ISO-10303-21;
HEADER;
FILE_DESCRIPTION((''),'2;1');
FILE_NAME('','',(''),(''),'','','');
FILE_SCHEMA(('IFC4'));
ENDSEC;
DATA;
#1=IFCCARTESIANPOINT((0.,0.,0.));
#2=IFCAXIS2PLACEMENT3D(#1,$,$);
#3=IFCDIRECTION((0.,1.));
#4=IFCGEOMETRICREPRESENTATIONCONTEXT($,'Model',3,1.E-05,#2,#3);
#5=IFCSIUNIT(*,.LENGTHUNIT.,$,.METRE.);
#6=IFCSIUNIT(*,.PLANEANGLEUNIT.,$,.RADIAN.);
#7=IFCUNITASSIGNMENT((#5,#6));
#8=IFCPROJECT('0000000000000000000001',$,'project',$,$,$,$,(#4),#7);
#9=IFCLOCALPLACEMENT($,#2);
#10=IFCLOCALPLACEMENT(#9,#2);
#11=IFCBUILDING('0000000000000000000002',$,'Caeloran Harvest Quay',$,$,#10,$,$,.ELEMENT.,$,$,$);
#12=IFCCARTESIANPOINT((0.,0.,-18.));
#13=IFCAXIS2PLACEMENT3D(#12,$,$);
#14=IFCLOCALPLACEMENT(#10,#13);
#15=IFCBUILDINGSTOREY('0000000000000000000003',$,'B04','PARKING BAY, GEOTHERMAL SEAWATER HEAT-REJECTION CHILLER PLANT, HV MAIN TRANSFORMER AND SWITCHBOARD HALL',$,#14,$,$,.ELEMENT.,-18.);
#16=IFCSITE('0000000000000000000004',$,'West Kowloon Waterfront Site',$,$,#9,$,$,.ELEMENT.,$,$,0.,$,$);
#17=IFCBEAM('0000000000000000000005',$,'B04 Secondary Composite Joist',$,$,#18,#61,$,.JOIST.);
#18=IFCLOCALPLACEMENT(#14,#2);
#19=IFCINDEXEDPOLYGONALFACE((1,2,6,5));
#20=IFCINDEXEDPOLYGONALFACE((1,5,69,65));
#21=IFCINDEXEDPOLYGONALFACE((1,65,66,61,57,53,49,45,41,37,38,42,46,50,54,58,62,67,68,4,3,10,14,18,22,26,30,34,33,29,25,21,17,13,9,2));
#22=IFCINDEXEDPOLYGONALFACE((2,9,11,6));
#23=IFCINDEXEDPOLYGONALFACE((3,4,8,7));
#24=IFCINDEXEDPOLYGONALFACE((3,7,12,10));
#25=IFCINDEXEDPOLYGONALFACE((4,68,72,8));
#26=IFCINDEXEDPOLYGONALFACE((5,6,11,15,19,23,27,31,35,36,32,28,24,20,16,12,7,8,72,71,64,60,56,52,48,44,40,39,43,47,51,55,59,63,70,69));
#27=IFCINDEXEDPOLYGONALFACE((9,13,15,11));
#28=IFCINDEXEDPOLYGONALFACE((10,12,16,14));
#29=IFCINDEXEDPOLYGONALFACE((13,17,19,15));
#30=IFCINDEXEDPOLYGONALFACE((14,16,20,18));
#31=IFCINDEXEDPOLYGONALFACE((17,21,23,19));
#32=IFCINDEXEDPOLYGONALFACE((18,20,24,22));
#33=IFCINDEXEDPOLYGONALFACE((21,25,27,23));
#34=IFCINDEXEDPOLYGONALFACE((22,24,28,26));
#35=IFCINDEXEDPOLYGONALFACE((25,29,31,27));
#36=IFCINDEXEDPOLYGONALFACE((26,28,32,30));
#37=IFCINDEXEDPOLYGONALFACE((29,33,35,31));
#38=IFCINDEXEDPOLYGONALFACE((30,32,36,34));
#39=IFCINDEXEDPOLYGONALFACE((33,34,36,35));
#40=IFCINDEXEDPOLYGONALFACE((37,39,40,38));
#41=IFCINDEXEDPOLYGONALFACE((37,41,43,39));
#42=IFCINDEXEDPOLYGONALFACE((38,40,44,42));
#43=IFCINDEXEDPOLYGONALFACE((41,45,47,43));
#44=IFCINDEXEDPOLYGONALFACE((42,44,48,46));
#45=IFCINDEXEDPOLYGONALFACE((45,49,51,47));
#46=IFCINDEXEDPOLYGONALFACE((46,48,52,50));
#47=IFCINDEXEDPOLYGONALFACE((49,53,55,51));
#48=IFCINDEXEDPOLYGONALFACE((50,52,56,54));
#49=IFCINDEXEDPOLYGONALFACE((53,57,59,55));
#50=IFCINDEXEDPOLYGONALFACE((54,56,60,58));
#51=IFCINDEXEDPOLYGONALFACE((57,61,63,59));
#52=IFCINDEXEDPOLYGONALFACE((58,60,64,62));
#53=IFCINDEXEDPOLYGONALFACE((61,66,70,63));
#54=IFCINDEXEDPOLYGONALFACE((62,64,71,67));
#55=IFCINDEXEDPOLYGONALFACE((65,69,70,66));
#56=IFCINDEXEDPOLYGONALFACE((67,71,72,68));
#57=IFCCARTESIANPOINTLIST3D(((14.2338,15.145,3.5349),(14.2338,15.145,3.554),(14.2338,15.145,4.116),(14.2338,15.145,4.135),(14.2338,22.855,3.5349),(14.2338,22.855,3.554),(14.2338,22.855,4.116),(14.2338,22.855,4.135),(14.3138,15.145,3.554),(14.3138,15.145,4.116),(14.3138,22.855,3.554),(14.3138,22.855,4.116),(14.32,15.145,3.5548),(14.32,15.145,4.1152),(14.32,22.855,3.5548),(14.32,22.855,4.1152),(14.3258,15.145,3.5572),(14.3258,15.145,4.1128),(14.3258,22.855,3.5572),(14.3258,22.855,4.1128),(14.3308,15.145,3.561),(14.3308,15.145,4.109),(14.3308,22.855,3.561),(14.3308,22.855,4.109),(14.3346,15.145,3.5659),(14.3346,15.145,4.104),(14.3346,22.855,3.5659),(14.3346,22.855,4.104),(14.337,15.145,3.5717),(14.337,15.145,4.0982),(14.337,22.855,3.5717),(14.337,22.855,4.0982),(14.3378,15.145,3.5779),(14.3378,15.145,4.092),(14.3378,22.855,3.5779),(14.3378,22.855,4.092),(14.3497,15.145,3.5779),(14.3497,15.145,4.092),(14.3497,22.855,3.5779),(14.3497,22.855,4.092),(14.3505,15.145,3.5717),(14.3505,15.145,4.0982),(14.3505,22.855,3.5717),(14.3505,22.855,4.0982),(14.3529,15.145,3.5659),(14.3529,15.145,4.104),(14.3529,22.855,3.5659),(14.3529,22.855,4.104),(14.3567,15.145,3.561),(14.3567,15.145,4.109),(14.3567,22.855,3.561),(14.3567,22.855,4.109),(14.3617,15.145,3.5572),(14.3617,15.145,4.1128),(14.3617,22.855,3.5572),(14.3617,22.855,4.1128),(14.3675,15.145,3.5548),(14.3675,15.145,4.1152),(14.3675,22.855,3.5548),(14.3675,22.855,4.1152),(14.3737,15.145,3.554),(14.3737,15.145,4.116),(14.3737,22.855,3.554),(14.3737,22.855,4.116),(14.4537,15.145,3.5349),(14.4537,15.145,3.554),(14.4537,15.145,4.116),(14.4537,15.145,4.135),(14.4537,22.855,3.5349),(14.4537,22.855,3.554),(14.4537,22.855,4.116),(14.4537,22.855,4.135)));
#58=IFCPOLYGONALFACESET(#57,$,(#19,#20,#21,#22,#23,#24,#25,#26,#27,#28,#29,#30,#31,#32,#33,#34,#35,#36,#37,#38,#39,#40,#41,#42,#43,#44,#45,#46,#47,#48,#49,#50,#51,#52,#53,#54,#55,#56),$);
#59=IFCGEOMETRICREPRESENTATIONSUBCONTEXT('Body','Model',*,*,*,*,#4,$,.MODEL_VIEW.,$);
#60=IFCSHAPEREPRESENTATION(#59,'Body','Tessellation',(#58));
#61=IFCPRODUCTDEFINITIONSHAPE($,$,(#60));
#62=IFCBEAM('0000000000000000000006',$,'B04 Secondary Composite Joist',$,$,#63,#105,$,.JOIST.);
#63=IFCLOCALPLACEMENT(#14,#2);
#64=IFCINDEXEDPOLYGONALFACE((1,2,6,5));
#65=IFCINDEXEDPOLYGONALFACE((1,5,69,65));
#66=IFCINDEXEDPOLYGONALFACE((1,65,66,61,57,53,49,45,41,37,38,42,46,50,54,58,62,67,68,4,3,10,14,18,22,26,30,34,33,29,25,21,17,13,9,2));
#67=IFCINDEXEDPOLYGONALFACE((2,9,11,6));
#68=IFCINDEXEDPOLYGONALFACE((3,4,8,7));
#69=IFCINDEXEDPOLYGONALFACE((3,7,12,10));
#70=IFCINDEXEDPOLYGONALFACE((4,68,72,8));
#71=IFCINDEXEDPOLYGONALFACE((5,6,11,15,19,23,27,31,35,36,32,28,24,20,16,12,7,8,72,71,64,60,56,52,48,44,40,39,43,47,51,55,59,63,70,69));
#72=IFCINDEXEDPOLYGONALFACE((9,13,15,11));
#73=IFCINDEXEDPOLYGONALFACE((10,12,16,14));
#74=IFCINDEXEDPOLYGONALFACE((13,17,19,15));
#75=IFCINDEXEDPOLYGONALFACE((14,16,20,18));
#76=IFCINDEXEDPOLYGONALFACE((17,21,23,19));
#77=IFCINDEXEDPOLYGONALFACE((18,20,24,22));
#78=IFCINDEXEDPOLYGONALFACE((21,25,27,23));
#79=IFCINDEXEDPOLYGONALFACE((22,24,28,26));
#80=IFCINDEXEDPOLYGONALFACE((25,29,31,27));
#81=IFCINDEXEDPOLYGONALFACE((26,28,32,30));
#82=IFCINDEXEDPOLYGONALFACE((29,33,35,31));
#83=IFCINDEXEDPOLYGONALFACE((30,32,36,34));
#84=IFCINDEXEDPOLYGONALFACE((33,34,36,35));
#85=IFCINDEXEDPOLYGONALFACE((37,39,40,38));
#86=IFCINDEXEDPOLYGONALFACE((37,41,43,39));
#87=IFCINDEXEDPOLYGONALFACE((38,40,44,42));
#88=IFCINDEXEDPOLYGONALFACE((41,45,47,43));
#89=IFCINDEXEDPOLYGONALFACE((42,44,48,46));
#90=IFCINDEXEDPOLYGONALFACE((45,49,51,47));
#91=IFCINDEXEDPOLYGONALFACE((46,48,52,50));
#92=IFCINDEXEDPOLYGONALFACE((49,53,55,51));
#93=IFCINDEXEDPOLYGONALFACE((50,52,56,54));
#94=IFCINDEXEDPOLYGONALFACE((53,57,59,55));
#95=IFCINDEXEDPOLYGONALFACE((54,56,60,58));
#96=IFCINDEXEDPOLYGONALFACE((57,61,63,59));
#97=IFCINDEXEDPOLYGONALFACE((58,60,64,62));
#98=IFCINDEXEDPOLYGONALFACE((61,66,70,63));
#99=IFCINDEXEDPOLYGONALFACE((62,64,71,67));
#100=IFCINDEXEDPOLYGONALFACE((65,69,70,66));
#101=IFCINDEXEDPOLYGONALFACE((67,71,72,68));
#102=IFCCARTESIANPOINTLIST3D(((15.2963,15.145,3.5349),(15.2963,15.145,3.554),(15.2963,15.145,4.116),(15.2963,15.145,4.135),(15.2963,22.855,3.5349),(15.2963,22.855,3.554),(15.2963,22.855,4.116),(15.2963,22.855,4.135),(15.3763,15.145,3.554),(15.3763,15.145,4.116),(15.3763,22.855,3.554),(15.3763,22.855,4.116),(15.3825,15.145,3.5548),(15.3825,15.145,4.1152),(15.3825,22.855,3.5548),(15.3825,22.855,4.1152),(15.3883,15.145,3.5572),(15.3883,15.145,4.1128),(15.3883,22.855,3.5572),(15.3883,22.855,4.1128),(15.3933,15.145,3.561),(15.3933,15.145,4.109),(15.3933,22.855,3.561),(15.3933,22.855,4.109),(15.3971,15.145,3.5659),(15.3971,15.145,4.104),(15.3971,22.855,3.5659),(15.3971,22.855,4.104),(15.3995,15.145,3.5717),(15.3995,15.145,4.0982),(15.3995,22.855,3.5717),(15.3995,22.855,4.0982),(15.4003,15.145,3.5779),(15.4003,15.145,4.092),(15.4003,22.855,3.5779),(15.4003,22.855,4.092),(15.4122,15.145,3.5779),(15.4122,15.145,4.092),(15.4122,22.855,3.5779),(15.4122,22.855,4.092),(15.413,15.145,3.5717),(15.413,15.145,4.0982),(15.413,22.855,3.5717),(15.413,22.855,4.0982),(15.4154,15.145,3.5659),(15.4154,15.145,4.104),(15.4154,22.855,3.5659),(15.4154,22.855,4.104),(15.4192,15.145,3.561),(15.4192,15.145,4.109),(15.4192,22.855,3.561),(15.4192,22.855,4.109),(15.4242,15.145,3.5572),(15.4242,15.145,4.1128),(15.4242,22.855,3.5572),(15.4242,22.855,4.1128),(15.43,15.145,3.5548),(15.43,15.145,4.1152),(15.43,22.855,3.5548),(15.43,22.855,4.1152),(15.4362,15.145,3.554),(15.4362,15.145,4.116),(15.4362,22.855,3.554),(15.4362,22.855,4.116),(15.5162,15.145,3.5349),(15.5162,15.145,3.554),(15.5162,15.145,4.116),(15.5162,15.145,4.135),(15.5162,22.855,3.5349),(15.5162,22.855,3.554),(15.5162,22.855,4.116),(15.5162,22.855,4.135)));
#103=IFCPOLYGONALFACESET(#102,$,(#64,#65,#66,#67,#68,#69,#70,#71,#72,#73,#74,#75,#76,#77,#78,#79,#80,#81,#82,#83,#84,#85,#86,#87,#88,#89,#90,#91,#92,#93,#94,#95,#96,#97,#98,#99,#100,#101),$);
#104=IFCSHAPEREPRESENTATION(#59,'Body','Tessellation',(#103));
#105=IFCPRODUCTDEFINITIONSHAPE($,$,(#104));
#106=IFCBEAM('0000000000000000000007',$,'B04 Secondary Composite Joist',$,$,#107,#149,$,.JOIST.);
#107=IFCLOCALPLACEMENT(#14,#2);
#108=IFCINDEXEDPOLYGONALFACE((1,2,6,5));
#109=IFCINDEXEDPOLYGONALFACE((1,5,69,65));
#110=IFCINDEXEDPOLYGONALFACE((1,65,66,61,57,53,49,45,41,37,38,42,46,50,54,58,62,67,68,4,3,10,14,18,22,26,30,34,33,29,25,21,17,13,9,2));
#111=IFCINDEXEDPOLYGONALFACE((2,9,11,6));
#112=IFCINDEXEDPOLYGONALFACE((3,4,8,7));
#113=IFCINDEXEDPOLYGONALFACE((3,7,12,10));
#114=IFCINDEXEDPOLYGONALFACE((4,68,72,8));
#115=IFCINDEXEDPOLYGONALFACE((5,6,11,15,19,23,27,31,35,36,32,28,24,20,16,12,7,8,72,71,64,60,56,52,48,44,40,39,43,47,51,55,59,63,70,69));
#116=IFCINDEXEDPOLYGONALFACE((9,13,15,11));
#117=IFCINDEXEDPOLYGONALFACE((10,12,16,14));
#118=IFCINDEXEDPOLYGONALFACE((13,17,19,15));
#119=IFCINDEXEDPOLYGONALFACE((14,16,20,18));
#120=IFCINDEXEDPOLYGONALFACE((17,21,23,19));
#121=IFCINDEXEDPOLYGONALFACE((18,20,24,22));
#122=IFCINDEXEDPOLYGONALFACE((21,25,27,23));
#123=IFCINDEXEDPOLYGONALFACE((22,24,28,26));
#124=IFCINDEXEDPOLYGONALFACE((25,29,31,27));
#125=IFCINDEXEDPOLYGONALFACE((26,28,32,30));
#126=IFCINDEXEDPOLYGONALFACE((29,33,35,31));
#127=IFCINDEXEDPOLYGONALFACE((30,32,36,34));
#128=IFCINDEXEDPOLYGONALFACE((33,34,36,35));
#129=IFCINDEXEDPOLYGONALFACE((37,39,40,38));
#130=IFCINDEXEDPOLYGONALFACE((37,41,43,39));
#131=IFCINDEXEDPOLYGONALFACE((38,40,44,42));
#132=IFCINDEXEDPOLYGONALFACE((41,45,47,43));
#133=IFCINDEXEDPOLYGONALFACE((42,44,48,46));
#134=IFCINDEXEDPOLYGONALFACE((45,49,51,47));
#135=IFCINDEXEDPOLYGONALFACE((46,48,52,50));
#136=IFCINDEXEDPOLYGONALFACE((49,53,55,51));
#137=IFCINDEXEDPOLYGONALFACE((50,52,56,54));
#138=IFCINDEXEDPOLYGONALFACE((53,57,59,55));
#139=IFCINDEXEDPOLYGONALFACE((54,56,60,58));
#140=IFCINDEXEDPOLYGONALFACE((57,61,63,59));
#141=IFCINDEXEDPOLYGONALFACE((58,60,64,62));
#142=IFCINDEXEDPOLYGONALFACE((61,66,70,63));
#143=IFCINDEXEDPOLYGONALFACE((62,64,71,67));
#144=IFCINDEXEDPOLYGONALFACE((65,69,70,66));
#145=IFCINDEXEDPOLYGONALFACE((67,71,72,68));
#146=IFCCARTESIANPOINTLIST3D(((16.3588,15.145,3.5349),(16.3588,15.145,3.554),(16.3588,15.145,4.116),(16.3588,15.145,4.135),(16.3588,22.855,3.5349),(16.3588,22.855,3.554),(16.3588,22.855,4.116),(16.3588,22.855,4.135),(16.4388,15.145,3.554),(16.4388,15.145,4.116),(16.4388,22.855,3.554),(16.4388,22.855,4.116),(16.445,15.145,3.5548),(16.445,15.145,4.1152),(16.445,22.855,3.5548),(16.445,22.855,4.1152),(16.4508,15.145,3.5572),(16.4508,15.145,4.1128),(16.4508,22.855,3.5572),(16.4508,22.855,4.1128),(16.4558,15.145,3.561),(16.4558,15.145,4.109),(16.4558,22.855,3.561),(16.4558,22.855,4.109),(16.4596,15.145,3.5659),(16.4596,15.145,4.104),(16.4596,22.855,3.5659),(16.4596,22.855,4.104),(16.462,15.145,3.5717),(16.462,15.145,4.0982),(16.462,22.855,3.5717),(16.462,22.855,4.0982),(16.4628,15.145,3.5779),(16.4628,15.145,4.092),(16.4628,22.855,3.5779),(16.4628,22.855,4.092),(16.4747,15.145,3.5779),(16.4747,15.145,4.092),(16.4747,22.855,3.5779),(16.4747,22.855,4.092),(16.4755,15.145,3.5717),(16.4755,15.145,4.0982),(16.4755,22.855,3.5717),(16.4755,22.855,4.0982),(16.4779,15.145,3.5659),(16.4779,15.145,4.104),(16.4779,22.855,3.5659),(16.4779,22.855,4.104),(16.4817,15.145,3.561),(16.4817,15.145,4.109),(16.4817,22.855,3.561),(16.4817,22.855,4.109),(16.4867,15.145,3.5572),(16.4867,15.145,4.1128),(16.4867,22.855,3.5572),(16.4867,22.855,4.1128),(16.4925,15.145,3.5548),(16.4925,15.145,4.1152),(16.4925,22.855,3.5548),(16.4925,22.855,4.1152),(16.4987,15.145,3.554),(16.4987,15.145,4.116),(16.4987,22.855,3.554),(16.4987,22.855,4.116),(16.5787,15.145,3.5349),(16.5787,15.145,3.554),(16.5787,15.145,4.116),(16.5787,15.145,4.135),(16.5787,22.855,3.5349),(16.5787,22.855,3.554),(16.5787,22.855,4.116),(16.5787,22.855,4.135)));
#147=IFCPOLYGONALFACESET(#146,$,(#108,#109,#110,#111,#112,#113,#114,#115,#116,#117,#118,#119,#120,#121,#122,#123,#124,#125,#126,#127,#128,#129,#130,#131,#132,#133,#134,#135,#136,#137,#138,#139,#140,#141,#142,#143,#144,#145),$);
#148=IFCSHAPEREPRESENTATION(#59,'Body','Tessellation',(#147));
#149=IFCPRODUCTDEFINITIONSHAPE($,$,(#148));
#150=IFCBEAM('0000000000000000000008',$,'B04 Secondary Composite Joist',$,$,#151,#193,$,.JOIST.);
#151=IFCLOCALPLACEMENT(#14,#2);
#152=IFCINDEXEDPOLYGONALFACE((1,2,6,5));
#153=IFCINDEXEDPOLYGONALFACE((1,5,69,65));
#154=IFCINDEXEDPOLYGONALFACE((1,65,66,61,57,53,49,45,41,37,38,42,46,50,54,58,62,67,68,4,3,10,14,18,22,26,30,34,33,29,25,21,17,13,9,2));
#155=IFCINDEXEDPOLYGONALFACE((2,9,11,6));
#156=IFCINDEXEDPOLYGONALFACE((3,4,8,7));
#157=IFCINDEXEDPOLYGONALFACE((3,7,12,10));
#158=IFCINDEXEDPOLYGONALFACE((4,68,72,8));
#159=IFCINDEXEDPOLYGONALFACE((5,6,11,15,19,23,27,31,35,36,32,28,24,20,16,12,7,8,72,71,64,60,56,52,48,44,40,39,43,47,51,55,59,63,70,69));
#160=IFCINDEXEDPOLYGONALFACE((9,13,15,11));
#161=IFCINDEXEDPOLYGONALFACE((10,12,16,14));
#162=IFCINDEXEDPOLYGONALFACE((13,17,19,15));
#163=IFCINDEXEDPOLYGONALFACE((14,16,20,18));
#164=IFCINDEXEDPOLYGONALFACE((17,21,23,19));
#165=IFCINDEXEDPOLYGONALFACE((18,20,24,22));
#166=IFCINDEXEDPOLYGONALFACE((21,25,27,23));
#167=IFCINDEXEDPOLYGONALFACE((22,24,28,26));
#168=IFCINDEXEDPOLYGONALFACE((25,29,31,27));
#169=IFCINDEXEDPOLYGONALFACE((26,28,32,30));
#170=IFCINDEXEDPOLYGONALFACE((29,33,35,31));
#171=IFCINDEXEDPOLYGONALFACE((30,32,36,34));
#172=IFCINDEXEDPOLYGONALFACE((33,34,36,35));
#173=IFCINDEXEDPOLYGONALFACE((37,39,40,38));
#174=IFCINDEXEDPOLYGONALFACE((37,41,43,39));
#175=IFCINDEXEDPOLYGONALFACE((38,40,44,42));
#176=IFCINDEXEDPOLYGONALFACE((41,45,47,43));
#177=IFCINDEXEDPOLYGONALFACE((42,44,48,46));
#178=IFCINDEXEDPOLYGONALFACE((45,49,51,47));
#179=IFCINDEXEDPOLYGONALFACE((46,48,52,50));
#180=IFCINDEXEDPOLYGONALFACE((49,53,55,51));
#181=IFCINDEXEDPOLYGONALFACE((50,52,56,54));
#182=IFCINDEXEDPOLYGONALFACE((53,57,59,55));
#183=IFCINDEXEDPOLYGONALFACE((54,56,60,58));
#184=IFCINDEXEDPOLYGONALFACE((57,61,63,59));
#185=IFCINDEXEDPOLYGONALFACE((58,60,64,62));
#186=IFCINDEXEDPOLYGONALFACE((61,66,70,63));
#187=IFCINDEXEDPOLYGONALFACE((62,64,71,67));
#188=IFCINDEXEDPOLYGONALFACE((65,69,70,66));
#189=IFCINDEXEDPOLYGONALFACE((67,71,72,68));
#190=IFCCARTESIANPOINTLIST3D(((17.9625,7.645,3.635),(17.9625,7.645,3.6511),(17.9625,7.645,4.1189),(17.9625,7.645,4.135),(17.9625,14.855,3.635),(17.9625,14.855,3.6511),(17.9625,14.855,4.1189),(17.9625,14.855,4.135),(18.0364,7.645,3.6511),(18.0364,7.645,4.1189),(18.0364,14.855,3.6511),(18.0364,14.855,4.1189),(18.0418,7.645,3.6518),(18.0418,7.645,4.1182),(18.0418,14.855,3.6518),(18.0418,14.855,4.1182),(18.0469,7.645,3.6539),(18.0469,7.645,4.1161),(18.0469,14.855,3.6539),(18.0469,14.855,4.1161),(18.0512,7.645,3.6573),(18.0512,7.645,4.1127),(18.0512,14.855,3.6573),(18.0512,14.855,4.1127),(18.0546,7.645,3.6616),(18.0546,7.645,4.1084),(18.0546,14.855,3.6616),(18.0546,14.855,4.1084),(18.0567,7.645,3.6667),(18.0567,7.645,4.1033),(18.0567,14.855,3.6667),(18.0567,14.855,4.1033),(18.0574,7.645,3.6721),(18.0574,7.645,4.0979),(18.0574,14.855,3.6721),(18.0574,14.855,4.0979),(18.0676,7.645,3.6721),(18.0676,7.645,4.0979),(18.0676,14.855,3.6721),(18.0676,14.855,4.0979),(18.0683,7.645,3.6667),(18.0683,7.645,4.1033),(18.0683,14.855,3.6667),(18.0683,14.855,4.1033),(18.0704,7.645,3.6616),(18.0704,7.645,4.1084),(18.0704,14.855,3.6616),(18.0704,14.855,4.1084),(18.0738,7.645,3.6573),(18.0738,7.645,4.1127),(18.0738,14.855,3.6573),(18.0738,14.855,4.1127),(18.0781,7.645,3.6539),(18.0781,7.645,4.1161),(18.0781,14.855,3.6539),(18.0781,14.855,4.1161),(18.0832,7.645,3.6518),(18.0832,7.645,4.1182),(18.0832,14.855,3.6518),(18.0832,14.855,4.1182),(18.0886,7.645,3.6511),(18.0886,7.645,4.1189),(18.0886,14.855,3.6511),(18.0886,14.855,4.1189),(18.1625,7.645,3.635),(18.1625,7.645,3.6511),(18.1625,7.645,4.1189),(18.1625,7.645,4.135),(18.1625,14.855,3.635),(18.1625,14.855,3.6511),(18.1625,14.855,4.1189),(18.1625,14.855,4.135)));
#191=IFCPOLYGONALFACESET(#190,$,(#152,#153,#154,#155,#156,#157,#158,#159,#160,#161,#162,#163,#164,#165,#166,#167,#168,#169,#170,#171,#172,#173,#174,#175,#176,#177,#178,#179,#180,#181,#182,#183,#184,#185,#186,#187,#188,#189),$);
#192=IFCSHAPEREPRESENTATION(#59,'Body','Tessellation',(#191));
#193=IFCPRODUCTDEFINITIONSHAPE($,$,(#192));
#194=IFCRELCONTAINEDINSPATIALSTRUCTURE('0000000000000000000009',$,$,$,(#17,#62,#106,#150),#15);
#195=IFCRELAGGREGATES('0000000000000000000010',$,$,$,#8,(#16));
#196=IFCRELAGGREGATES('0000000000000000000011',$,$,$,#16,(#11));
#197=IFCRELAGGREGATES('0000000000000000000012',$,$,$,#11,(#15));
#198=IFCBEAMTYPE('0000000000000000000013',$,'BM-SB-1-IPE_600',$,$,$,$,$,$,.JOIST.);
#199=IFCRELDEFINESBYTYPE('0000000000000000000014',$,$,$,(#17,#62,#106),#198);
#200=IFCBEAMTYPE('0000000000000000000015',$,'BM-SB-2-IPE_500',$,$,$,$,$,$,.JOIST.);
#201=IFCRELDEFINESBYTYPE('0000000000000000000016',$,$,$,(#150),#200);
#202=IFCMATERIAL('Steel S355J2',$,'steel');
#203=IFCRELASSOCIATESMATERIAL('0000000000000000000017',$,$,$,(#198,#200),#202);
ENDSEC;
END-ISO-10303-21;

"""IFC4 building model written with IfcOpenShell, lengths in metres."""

from ifc_helpers import new_model, si_unit, direction, frame, origin, origin_2d, place, context, subcontext, project, spatial, i_section, extrude, material, material_profile, profile_set, type_object, element, save


model = new_model("IFC4")

# Units and contexts
model_context = context("Model", 3, precision=1e-05, world=origin(), true_north=direction((0.0, 1.0)))
body_context = subcontext(model_context, "Body", "Model", "MODEL_VIEW")
ifc_project = project(units=[si_unit("LENGTHUNIT", "METRE"), si_unit("PLANEANGLEUNIT", "RADIAN")], contexts=[model_context])

# Site, building, storey
site_placement = place(None, origin())
site = spatial("IfcSite", under=ifc_project, at=site_placement, Name="West Kowloon Waterfront Site", CompositionType="ELEMENT", RefElevation=0.0)
building_placement = place(site_placement, origin())
building = spatial("IfcBuilding", under=site, at=building_placement, Name="Caeloran Harvest Quay", CompositionType="ELEMENT")
storey_placement = place(building_placement, frame((0.0, 0.0, -18.0)))
storey = spatial("IfcBuildingStorey", under=building, at=storey_placement, Name="B04", Description="PARKING BAY, GEOTHERMAL SEAWATER HEAT-REJECTION CHILLER PLANT, HV MAIN TRANSFORMER AND SWITCHBOARD HALL", CompositionType="ELEMENT", Elevation=-18.0)

# Beams
ifc_material_1 = material(Name="Steel S355J2", Category="steel")
ifc_material_profile_1 = material_profile(ifc_material_1, i_section(OverallWidth=0.22, OverallDepth=0.6001, WebThickness=0.012, FlangeThickness=0.019, FilletRadius=0.0239, at=origin_2d()), Name="IPE 600")
ifc_profile_set_1 = profile_set([ifc_material_profile_1], Name="Steel S355J2")
beam_type_1 = type_object("IfcBeamType", Name="BM-SB-1-IPE_600", PredefinedType="JOIST", material=ifc_profile_set_1)
for number, where, z_axis, x_axis, name in (
    (1, (14.3438, 15.145, 3.835), (0.0, 1.0, 0.0), (-1.0, 0.0, 0.0), "B04 Secondary Composite Joist"),
    (2, (15.4062, 15.145, 3.835), (0.0, 1.0, 0.0), (-1.0, 0.0, 0.0), "B04 Secondary Composite Joist"),
    (3, (16.4688, 15.145, 3.835), (0.0, 1.0, 0.0), (-1.0, 0.0, 0.0), "B04 Secondary Composite Joist"),
):
    element("IfcBeam", number, at=place(storey_placement, frame(where, z_axis=z_axis, x_axis=x_axis)), inside=storey, type_object=beam_type_1, Name=name, PredefinedType="JOIST", context=body_context, shape_type="SweptSolid", body=[
        extrude(i_section(OverallWidth=0.22, OverallDepth=0.6001, WebThickness=0.012, FlangeThickness=0.019, FilletRadius=0.0239, at=origin_2d()), origin(), (0.0, 0.0, 1.0), 7.71),
    ])
ifc_material_profile_2 = material_profile(ifc_material_1, i_section(OverallWidth=0.2, OverallDepth=0.5, WebThickness=0.0103, FlangeThickness=0.0161, FilletRadius=0.021, at=origin_2d()), Name="IPE 500")
ifc_profile_set_2 = profile_set([ifc_material_profile_2], Name="Steel S355J2")
beam_type_2 = type_object("IfcBeamType", Name="BM-SB-2-IPE_500", PredefinedType="JOIST", material=ifc_profile_set_2)
for number, where, z_axis, x_axis, name in (
    (4, (18.0625, 7.645, 3.885), (0.0, 1.0, 0.0), (-1.0, 0.0, 0.0), "B04 Secondary Composite Joist"),
):
    element("IfcBeam", number, at=place(storey_placement, frame(where, z_axis=z_axis, x_axis=x_axis)), inside=storey, type_object=beam_type_2, Name=name, PredefinedType="JOIST", context=body_context, shape_type="SweptSolid", body=[
        extrude(i_section(OverallWidth=0.2, OverallDepth=0.5, WebThickness=0.0103, FlangeThickness=0.0161, FilletRadius=0.021, at=origin_2d()), origin(), (0.0, 0.0, 1.0), 7.21),
    ])

save(model, "model.ifc")
